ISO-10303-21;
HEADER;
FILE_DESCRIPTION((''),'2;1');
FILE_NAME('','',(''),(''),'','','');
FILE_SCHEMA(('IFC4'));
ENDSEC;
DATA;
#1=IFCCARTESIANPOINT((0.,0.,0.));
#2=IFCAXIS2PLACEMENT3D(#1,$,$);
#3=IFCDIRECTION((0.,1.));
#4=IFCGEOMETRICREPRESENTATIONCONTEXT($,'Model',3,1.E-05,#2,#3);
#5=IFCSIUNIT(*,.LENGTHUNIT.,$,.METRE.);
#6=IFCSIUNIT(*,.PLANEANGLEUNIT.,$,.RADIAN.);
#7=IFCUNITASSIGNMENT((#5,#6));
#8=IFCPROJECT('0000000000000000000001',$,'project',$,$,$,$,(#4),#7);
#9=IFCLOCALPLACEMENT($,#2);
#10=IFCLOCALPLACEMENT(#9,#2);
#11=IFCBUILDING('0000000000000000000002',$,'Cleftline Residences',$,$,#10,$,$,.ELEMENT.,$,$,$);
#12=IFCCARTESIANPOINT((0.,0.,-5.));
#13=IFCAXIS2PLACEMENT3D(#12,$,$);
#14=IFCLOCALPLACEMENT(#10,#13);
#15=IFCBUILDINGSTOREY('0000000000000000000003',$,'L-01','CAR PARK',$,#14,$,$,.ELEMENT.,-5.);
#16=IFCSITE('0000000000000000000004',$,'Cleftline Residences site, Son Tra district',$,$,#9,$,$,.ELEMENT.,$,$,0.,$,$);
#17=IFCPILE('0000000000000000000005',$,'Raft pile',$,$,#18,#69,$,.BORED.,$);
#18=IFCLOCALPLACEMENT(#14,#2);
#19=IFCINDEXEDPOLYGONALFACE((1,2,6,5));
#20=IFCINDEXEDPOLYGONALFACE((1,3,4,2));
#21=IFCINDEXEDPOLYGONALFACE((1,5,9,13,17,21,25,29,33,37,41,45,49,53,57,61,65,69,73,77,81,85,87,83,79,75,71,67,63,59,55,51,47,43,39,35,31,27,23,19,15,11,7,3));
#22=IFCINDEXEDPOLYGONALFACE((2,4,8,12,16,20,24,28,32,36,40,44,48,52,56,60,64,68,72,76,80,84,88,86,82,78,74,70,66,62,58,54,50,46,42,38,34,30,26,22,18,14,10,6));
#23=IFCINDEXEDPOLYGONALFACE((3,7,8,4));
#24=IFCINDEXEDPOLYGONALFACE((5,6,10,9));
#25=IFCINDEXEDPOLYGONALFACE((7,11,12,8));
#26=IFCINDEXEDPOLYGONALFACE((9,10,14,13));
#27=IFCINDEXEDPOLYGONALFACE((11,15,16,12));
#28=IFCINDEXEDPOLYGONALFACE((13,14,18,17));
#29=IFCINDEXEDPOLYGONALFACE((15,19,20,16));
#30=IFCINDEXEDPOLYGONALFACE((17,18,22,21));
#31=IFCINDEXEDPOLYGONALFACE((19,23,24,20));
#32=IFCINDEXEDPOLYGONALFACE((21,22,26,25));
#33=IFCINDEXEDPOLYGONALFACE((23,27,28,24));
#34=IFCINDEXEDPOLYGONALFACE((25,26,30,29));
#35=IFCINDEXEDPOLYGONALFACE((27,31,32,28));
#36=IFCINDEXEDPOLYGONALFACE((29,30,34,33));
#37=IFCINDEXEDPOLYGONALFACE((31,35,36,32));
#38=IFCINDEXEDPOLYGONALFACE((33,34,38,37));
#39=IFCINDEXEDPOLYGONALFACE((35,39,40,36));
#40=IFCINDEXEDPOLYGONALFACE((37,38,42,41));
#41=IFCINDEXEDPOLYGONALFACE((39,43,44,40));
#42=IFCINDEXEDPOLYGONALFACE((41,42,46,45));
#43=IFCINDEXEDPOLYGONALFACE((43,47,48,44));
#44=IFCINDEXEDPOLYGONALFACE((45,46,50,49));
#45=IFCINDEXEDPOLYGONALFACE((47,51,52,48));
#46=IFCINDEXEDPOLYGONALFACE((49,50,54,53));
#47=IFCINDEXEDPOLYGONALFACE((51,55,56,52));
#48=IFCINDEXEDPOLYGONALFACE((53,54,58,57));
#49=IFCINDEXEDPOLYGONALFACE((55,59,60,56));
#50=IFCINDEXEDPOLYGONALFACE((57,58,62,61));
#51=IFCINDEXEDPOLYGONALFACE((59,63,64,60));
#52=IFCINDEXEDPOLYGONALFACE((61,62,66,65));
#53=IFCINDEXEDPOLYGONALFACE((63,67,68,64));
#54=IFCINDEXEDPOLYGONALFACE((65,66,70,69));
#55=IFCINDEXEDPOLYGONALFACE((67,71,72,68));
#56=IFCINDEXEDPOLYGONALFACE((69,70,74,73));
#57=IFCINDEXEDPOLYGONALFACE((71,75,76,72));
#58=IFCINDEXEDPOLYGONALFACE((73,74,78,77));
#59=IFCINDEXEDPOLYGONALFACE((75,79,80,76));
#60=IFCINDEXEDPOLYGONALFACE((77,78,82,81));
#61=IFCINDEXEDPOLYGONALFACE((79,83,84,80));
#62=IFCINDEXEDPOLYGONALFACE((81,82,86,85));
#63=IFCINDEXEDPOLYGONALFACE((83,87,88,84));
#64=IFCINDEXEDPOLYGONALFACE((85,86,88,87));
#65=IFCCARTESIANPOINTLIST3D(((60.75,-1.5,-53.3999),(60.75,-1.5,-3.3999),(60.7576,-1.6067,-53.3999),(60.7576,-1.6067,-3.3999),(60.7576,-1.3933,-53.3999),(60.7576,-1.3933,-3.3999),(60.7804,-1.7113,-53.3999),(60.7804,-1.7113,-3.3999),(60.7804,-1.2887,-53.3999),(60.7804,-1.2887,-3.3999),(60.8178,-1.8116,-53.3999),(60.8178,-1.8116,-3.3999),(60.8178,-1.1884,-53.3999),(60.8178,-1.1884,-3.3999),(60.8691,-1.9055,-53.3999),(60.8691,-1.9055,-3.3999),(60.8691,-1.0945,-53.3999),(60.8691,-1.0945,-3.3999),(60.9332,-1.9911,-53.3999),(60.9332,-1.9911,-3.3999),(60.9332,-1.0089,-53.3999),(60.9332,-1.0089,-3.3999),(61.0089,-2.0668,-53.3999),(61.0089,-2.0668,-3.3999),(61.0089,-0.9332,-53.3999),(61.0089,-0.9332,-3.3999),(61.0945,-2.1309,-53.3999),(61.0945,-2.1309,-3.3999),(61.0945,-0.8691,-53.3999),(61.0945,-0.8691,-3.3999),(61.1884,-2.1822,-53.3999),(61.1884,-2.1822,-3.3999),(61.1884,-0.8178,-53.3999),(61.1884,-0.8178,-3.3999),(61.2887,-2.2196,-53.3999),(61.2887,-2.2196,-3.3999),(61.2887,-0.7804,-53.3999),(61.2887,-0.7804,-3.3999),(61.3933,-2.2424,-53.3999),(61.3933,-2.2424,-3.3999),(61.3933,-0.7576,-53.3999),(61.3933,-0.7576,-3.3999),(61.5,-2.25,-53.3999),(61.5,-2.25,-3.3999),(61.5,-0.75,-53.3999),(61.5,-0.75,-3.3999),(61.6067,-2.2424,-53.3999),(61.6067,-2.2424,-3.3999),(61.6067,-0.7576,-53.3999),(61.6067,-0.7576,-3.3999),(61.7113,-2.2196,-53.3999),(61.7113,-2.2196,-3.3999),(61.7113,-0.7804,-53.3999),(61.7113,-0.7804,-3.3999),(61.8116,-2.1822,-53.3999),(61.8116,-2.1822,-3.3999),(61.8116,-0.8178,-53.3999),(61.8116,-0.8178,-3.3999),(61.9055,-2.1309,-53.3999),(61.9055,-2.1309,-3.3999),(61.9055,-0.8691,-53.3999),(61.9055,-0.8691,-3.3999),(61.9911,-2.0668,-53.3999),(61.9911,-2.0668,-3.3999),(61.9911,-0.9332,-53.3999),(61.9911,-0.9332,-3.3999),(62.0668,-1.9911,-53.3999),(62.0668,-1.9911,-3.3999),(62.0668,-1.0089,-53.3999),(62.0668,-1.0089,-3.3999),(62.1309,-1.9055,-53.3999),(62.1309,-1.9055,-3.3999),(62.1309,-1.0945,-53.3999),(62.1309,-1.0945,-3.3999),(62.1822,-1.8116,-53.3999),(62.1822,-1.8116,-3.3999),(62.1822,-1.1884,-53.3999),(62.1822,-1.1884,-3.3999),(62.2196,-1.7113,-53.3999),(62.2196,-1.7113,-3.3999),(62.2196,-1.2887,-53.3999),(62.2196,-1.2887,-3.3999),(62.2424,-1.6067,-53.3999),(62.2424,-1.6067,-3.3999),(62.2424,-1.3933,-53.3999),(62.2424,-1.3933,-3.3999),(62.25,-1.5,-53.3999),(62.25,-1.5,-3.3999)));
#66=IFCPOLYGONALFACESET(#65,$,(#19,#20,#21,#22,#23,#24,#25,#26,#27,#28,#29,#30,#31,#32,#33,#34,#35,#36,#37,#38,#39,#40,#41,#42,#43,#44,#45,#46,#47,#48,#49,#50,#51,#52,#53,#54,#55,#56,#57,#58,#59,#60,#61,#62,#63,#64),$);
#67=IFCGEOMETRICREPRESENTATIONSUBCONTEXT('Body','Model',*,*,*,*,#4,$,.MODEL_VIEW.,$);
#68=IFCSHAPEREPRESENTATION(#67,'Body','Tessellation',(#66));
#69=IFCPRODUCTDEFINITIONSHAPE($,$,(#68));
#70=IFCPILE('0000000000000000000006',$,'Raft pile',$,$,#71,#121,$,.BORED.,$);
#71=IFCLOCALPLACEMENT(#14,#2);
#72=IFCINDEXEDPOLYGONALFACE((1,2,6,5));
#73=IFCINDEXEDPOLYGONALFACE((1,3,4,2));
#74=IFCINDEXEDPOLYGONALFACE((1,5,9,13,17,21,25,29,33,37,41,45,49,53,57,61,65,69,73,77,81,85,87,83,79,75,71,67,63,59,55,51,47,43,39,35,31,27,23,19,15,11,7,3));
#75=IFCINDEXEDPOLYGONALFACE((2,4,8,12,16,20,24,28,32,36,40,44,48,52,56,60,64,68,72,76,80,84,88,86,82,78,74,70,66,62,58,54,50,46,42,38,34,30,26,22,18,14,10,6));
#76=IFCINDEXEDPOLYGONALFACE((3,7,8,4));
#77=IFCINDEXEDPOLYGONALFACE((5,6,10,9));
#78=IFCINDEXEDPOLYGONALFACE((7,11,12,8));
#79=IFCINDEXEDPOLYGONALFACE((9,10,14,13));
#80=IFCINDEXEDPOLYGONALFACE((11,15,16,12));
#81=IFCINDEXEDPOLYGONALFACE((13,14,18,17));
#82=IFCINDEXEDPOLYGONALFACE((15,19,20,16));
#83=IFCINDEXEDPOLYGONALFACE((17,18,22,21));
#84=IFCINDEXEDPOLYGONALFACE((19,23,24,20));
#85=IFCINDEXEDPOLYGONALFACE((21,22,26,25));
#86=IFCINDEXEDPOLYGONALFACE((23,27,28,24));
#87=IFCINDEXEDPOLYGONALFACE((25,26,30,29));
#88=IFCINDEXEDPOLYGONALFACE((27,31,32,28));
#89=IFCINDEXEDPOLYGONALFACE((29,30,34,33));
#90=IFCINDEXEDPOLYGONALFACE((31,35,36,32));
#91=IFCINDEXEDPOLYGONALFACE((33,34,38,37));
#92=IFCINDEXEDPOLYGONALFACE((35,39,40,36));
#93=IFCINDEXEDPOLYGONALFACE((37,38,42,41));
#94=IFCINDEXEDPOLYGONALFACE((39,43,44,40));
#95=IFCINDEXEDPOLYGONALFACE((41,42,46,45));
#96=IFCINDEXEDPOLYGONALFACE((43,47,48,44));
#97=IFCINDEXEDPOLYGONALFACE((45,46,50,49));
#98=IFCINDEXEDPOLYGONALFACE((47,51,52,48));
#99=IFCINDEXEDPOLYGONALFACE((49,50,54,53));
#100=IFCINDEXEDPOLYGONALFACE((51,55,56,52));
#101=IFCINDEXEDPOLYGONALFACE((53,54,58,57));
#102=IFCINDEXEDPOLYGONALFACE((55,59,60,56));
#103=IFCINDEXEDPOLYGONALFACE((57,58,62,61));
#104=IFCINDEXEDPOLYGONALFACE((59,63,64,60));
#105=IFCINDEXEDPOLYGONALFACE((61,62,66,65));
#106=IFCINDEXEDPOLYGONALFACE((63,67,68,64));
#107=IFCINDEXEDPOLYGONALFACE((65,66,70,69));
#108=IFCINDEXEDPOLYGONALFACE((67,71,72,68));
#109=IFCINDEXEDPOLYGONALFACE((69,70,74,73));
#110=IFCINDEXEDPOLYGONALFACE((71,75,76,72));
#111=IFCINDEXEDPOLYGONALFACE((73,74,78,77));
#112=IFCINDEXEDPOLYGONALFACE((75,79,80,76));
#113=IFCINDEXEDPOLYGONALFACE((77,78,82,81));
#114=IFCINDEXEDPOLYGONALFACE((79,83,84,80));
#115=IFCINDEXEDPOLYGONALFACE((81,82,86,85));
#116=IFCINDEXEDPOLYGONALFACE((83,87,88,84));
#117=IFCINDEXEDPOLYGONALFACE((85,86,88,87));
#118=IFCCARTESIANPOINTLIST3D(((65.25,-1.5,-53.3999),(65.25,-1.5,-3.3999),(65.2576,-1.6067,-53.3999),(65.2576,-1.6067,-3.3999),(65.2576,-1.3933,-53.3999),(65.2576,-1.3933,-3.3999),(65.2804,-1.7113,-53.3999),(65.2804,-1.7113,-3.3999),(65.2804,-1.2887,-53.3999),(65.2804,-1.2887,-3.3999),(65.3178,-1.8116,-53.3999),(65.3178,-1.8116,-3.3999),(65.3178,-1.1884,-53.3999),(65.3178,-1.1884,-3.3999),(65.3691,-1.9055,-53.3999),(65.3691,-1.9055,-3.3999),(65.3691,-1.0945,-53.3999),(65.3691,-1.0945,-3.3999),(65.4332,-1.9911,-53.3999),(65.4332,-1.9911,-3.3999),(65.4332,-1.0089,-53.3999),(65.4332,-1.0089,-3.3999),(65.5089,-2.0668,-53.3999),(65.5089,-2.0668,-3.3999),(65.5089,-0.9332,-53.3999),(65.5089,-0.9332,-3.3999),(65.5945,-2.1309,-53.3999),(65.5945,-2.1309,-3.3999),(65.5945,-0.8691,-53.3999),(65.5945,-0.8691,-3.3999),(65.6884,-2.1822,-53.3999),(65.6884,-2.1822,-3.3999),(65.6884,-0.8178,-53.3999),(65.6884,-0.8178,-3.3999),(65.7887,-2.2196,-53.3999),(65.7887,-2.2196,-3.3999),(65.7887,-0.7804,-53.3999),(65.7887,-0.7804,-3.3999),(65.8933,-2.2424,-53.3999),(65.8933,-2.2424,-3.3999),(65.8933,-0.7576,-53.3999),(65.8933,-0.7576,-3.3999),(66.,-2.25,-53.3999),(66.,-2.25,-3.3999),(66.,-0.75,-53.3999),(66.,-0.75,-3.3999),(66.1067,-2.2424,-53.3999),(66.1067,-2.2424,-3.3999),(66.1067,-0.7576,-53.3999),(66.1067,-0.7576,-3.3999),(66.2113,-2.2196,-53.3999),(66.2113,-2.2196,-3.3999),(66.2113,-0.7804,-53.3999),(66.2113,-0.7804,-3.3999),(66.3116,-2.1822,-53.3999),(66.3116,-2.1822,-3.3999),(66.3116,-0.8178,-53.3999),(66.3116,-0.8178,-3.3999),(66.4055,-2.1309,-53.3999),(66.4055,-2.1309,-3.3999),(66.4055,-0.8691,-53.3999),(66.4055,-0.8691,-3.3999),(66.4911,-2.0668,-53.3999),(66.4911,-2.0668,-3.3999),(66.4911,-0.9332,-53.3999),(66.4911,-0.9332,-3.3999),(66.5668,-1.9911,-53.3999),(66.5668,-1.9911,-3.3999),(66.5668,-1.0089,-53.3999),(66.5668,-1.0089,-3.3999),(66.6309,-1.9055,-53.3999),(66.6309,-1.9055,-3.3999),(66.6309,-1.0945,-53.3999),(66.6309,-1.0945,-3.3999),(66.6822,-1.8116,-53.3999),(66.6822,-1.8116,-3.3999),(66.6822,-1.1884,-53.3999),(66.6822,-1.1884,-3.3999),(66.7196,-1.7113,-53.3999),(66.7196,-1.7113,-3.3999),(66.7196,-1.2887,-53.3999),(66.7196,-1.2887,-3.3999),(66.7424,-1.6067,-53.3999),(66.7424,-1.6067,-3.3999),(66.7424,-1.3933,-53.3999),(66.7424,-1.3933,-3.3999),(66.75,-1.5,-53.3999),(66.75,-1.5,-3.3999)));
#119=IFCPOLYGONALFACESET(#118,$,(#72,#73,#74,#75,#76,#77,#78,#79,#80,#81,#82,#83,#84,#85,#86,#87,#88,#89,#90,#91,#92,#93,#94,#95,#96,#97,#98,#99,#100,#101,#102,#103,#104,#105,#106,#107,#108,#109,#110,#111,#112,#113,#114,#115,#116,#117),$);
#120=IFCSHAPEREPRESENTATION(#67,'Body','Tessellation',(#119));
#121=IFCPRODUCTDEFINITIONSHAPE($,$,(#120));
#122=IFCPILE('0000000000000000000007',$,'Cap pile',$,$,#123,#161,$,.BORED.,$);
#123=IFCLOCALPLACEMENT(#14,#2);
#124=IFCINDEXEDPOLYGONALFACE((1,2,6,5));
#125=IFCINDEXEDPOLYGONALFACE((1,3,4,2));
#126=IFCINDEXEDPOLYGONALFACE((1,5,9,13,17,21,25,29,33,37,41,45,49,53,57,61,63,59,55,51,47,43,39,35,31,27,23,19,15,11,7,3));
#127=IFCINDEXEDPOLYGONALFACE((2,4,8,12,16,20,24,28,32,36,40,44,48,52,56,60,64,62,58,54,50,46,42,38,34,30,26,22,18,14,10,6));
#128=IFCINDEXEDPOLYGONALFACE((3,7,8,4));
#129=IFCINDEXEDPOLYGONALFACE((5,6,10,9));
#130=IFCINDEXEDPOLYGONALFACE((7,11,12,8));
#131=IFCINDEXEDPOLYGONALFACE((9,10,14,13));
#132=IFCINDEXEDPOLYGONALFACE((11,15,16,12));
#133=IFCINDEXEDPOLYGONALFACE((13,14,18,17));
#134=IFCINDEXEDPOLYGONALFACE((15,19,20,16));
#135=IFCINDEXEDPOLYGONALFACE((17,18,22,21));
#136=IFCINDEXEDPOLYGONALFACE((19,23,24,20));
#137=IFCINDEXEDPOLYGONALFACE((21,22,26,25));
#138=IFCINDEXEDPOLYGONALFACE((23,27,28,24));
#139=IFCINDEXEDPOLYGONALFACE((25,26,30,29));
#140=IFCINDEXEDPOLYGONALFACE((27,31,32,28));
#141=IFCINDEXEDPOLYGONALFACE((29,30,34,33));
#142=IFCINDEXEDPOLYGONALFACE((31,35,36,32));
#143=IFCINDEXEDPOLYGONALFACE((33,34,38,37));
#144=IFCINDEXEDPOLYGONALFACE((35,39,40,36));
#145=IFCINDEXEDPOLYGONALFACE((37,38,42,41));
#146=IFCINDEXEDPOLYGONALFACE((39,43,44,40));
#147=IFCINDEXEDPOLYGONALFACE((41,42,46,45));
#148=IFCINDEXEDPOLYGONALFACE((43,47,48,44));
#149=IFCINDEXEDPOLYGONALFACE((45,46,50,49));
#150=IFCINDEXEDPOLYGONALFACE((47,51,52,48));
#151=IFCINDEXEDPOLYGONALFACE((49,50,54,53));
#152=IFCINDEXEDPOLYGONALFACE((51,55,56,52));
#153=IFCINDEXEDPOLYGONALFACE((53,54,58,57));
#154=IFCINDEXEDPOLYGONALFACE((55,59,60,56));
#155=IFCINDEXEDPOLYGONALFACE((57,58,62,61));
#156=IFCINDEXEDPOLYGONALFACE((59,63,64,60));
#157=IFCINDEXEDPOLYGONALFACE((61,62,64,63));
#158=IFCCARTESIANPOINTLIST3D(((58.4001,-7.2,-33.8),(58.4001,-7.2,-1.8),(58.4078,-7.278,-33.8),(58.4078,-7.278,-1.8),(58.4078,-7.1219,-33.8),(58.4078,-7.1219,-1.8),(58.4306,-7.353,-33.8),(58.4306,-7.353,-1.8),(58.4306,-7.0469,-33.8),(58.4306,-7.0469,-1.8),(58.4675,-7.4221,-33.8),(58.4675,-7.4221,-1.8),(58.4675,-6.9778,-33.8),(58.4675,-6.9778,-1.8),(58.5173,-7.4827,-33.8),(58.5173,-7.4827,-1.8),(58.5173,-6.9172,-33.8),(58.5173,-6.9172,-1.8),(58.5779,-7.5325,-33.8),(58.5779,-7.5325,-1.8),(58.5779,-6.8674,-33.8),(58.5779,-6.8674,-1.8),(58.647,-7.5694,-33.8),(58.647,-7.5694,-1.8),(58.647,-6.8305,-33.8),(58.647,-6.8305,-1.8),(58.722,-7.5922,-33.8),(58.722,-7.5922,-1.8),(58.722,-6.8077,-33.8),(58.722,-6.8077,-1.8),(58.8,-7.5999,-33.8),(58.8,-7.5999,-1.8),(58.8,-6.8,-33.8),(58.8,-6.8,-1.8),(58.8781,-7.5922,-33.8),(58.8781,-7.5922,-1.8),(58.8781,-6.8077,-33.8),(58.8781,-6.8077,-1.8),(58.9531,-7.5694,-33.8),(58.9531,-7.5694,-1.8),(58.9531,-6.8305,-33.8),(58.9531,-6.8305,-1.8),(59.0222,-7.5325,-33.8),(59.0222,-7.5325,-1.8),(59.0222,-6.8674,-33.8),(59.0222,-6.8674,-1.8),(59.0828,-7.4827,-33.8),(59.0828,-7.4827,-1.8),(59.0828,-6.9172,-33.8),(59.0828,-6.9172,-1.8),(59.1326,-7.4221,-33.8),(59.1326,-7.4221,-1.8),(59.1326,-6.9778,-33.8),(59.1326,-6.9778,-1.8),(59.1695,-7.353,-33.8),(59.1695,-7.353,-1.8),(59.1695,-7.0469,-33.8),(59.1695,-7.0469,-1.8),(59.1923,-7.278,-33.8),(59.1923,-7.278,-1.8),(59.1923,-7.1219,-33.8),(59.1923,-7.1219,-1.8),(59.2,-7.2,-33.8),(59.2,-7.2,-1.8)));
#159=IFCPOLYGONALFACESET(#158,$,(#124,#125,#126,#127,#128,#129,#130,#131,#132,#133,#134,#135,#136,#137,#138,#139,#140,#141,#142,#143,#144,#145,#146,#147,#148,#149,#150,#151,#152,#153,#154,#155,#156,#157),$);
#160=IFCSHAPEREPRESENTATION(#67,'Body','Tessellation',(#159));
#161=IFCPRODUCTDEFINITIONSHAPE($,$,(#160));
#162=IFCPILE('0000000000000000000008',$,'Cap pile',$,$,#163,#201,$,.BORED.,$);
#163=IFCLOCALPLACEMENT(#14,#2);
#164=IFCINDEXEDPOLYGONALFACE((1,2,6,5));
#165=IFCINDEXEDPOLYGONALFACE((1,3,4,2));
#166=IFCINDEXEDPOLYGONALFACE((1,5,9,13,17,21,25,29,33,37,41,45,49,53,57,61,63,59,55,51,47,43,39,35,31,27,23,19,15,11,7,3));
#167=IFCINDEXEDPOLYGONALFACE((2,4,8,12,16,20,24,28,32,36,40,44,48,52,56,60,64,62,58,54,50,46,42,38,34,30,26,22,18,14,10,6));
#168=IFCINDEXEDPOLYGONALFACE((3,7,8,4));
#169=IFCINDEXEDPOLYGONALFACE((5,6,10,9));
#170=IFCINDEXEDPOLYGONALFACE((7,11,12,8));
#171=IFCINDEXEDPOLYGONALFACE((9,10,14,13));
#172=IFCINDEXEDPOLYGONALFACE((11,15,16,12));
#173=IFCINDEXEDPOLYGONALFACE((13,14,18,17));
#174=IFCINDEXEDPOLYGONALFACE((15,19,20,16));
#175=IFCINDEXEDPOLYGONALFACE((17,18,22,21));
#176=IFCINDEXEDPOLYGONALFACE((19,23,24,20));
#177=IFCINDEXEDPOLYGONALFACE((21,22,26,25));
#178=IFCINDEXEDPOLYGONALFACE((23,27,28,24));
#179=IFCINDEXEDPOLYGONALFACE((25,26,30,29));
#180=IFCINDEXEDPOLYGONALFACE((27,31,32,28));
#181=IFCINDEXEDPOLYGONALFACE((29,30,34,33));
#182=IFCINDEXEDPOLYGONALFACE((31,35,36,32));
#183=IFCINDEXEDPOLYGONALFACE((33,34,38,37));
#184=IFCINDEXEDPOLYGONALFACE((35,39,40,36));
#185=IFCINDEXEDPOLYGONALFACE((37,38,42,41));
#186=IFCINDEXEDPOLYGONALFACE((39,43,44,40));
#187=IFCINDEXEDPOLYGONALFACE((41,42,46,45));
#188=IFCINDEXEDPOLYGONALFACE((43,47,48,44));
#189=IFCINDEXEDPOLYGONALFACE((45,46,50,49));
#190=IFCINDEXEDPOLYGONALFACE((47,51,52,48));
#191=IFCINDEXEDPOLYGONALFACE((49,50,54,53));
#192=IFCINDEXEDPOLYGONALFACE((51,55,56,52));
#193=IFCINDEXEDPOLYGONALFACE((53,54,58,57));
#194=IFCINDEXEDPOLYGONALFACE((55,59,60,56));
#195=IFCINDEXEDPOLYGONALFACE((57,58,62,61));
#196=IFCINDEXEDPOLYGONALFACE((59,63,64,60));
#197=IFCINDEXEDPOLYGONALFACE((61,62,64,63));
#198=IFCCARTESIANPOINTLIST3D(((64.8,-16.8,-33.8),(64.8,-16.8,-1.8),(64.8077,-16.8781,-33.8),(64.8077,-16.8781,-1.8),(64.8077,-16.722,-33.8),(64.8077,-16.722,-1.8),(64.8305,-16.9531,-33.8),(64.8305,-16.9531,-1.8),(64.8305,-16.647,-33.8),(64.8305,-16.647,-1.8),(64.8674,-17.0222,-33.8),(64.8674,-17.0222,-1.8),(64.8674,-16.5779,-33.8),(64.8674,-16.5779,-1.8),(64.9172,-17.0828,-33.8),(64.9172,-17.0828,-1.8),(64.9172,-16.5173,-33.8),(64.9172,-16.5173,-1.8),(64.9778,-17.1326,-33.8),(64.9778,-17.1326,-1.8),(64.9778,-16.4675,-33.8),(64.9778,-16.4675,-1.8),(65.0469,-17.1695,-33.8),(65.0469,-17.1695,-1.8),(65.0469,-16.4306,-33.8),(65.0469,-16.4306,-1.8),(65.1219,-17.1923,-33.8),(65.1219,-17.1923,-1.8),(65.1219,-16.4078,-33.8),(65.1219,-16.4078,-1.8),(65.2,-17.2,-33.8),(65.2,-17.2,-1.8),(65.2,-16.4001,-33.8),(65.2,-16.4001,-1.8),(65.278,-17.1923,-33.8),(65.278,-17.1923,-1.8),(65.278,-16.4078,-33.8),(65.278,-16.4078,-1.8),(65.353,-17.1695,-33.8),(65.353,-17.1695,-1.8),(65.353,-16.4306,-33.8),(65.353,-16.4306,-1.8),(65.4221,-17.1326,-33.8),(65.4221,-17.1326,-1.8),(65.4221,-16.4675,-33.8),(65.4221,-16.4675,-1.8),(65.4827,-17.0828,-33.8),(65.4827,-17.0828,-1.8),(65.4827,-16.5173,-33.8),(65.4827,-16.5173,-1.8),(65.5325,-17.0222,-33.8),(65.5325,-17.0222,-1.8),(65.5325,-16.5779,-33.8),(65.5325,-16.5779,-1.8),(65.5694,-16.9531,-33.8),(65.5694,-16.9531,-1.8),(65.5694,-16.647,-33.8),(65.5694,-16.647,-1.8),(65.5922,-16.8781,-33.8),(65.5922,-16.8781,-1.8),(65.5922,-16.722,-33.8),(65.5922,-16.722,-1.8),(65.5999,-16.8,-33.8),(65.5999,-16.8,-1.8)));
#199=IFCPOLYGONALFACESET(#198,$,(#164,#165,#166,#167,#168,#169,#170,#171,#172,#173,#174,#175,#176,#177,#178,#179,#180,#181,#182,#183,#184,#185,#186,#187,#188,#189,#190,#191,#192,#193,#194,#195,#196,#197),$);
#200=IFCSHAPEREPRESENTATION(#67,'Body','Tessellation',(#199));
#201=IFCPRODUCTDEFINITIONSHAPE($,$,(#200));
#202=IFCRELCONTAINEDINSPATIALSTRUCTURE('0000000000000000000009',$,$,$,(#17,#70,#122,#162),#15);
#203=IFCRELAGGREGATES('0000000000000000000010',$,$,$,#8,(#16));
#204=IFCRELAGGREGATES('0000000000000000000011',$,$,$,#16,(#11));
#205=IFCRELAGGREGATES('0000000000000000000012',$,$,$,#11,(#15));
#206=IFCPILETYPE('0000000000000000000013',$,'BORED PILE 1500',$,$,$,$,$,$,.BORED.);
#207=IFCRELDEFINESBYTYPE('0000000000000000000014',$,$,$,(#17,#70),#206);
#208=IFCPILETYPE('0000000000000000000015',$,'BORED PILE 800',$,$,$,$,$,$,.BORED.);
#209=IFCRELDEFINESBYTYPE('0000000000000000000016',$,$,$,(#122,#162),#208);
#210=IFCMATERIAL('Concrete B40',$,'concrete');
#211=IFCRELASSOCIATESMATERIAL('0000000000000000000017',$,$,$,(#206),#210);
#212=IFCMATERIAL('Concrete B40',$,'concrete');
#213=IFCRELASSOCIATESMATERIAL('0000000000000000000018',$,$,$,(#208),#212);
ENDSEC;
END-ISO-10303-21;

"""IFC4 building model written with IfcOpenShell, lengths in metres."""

from ifc_helpers import new_model, si_unit, direction, frame, origin, origin_2d, place, context, subcontext, project, spatial, circle, extrude, material, material_profile, profile_set, type_object, element, save


model = new_model("IFC4")

# Units and contexts
model_context = context("Model", 3, precision=1e-05, world=origin(), true_north=direction((0.0, 1.0)))
body_context = subcontext(model_context, "Body", "Model", "MODEL_VIEW")
ifc_project = project(units=[si_unit("LENGTHUNIT", "METRE"), si_unit("PLANEANGLEUNIT", "RADIAN")], contexts=[model_context])

# Site, building, storey
site_placement = place(None, origin())
site = spatial("IfcSite", under=ifc_project, at=site_placement, Name="Cleftline Residences site, Son Tra district", CompositionType="ELEMENT", RefElevation=0.0)
building_placement = place(site_placement, origin())
building = spatial("IfcBuilding", under=site, at=building_placement, Name="Cleftline Residences", CompositionType="ELEMENT")
storey_placement = place(building_placement, frame((0.0, 0.0, -5.0)))
storey = spatial("IfcBuildingStorey", under=building, at=storey_placement, Name="L-01", Description="CAR PARK", CompositionType="ELEMENT", Elevation=-5.0)

# Piles
ifc_material_1 = material(Name="Concrete B40", Category="concrete")
ifc_material_profile_1 = material_profile(ifc_material_1, circle(Radius=0.75, at=origin_2d()))
ifc_profile_set_1 = profile_set([ifc_material_profile_1], Name="Concrete B40")
pile_type_1 = type_object("IfcPileType", Name="BORED PILE 1500", PredefinedType="BORED", material=ifc_profile_set_1)
for number, where, z_axis, x_axis, name in (
    (1, (61.5, -1.5, -3.3999), (0.0, 0.0, -1.0), (1.0, 0.0, 0.0), "Raft pile"),
    (2, (66.0, -1.5, -3.3999), (0.0, 0.0, -1.0), (1.0, 0.0, 0.0), "Raft pile"),
):
    element("IfcPile", number, at=place(storey_placement, frame(where, z_axis=z_axis, x_axis=x_axis)), inside=storey, type_object=pile_type_1, Name=name, PredefinedType="BORED", context=body_context, shape_type="SweptSolid", body=[
        extrude(circle(Radius=0.75, at=origin_2d()), origin(), (0.0, 0.0, 1.0), 50.0),
    ])
ifc_material_2 = material(Name="Concrete B40", Category="concrete")
ifc_material_profile_2 = material_profile(ifc_material_2, circle(Radius=0.3999, at=origin_2d()))
ifc_profile_set_2 = profile_set([ifc_material_profile_2], Name="Concrete B40")
pile_type_2 = type_object("IfcPileType", Name="BORED PILE 800", PredefinedType="BORED", material=ifc_profile_set_2)
for number, where, z_axis, x_axis, name in (
    (3, (58.8, -7.2, -1.8), (0.0, 0.0, -1.0), (1.0, 0.0, 0.0), "Cap pile"),
    (4, (65.2, -16.8, -1.8), (0.0, 0.0, -1.0), (1.0, 0.0, 0.0), "Cap pile"),
):
    element("IfcPile", number, at=place(storey_placement, frame(where, z_axis=z_axis, x_axis=x_axis)), inside=storey, type_object=pile_type_2, Name=name, PredefinedType="BORED", context=body_context, shape_type="SweptSolid", body=[
        extrude(circle(Radius=0.3999, at=origin_2d()), origin(), (0.0, 0.0, 1.0), 32.0),
    ])

save(model, "model.ifc")
